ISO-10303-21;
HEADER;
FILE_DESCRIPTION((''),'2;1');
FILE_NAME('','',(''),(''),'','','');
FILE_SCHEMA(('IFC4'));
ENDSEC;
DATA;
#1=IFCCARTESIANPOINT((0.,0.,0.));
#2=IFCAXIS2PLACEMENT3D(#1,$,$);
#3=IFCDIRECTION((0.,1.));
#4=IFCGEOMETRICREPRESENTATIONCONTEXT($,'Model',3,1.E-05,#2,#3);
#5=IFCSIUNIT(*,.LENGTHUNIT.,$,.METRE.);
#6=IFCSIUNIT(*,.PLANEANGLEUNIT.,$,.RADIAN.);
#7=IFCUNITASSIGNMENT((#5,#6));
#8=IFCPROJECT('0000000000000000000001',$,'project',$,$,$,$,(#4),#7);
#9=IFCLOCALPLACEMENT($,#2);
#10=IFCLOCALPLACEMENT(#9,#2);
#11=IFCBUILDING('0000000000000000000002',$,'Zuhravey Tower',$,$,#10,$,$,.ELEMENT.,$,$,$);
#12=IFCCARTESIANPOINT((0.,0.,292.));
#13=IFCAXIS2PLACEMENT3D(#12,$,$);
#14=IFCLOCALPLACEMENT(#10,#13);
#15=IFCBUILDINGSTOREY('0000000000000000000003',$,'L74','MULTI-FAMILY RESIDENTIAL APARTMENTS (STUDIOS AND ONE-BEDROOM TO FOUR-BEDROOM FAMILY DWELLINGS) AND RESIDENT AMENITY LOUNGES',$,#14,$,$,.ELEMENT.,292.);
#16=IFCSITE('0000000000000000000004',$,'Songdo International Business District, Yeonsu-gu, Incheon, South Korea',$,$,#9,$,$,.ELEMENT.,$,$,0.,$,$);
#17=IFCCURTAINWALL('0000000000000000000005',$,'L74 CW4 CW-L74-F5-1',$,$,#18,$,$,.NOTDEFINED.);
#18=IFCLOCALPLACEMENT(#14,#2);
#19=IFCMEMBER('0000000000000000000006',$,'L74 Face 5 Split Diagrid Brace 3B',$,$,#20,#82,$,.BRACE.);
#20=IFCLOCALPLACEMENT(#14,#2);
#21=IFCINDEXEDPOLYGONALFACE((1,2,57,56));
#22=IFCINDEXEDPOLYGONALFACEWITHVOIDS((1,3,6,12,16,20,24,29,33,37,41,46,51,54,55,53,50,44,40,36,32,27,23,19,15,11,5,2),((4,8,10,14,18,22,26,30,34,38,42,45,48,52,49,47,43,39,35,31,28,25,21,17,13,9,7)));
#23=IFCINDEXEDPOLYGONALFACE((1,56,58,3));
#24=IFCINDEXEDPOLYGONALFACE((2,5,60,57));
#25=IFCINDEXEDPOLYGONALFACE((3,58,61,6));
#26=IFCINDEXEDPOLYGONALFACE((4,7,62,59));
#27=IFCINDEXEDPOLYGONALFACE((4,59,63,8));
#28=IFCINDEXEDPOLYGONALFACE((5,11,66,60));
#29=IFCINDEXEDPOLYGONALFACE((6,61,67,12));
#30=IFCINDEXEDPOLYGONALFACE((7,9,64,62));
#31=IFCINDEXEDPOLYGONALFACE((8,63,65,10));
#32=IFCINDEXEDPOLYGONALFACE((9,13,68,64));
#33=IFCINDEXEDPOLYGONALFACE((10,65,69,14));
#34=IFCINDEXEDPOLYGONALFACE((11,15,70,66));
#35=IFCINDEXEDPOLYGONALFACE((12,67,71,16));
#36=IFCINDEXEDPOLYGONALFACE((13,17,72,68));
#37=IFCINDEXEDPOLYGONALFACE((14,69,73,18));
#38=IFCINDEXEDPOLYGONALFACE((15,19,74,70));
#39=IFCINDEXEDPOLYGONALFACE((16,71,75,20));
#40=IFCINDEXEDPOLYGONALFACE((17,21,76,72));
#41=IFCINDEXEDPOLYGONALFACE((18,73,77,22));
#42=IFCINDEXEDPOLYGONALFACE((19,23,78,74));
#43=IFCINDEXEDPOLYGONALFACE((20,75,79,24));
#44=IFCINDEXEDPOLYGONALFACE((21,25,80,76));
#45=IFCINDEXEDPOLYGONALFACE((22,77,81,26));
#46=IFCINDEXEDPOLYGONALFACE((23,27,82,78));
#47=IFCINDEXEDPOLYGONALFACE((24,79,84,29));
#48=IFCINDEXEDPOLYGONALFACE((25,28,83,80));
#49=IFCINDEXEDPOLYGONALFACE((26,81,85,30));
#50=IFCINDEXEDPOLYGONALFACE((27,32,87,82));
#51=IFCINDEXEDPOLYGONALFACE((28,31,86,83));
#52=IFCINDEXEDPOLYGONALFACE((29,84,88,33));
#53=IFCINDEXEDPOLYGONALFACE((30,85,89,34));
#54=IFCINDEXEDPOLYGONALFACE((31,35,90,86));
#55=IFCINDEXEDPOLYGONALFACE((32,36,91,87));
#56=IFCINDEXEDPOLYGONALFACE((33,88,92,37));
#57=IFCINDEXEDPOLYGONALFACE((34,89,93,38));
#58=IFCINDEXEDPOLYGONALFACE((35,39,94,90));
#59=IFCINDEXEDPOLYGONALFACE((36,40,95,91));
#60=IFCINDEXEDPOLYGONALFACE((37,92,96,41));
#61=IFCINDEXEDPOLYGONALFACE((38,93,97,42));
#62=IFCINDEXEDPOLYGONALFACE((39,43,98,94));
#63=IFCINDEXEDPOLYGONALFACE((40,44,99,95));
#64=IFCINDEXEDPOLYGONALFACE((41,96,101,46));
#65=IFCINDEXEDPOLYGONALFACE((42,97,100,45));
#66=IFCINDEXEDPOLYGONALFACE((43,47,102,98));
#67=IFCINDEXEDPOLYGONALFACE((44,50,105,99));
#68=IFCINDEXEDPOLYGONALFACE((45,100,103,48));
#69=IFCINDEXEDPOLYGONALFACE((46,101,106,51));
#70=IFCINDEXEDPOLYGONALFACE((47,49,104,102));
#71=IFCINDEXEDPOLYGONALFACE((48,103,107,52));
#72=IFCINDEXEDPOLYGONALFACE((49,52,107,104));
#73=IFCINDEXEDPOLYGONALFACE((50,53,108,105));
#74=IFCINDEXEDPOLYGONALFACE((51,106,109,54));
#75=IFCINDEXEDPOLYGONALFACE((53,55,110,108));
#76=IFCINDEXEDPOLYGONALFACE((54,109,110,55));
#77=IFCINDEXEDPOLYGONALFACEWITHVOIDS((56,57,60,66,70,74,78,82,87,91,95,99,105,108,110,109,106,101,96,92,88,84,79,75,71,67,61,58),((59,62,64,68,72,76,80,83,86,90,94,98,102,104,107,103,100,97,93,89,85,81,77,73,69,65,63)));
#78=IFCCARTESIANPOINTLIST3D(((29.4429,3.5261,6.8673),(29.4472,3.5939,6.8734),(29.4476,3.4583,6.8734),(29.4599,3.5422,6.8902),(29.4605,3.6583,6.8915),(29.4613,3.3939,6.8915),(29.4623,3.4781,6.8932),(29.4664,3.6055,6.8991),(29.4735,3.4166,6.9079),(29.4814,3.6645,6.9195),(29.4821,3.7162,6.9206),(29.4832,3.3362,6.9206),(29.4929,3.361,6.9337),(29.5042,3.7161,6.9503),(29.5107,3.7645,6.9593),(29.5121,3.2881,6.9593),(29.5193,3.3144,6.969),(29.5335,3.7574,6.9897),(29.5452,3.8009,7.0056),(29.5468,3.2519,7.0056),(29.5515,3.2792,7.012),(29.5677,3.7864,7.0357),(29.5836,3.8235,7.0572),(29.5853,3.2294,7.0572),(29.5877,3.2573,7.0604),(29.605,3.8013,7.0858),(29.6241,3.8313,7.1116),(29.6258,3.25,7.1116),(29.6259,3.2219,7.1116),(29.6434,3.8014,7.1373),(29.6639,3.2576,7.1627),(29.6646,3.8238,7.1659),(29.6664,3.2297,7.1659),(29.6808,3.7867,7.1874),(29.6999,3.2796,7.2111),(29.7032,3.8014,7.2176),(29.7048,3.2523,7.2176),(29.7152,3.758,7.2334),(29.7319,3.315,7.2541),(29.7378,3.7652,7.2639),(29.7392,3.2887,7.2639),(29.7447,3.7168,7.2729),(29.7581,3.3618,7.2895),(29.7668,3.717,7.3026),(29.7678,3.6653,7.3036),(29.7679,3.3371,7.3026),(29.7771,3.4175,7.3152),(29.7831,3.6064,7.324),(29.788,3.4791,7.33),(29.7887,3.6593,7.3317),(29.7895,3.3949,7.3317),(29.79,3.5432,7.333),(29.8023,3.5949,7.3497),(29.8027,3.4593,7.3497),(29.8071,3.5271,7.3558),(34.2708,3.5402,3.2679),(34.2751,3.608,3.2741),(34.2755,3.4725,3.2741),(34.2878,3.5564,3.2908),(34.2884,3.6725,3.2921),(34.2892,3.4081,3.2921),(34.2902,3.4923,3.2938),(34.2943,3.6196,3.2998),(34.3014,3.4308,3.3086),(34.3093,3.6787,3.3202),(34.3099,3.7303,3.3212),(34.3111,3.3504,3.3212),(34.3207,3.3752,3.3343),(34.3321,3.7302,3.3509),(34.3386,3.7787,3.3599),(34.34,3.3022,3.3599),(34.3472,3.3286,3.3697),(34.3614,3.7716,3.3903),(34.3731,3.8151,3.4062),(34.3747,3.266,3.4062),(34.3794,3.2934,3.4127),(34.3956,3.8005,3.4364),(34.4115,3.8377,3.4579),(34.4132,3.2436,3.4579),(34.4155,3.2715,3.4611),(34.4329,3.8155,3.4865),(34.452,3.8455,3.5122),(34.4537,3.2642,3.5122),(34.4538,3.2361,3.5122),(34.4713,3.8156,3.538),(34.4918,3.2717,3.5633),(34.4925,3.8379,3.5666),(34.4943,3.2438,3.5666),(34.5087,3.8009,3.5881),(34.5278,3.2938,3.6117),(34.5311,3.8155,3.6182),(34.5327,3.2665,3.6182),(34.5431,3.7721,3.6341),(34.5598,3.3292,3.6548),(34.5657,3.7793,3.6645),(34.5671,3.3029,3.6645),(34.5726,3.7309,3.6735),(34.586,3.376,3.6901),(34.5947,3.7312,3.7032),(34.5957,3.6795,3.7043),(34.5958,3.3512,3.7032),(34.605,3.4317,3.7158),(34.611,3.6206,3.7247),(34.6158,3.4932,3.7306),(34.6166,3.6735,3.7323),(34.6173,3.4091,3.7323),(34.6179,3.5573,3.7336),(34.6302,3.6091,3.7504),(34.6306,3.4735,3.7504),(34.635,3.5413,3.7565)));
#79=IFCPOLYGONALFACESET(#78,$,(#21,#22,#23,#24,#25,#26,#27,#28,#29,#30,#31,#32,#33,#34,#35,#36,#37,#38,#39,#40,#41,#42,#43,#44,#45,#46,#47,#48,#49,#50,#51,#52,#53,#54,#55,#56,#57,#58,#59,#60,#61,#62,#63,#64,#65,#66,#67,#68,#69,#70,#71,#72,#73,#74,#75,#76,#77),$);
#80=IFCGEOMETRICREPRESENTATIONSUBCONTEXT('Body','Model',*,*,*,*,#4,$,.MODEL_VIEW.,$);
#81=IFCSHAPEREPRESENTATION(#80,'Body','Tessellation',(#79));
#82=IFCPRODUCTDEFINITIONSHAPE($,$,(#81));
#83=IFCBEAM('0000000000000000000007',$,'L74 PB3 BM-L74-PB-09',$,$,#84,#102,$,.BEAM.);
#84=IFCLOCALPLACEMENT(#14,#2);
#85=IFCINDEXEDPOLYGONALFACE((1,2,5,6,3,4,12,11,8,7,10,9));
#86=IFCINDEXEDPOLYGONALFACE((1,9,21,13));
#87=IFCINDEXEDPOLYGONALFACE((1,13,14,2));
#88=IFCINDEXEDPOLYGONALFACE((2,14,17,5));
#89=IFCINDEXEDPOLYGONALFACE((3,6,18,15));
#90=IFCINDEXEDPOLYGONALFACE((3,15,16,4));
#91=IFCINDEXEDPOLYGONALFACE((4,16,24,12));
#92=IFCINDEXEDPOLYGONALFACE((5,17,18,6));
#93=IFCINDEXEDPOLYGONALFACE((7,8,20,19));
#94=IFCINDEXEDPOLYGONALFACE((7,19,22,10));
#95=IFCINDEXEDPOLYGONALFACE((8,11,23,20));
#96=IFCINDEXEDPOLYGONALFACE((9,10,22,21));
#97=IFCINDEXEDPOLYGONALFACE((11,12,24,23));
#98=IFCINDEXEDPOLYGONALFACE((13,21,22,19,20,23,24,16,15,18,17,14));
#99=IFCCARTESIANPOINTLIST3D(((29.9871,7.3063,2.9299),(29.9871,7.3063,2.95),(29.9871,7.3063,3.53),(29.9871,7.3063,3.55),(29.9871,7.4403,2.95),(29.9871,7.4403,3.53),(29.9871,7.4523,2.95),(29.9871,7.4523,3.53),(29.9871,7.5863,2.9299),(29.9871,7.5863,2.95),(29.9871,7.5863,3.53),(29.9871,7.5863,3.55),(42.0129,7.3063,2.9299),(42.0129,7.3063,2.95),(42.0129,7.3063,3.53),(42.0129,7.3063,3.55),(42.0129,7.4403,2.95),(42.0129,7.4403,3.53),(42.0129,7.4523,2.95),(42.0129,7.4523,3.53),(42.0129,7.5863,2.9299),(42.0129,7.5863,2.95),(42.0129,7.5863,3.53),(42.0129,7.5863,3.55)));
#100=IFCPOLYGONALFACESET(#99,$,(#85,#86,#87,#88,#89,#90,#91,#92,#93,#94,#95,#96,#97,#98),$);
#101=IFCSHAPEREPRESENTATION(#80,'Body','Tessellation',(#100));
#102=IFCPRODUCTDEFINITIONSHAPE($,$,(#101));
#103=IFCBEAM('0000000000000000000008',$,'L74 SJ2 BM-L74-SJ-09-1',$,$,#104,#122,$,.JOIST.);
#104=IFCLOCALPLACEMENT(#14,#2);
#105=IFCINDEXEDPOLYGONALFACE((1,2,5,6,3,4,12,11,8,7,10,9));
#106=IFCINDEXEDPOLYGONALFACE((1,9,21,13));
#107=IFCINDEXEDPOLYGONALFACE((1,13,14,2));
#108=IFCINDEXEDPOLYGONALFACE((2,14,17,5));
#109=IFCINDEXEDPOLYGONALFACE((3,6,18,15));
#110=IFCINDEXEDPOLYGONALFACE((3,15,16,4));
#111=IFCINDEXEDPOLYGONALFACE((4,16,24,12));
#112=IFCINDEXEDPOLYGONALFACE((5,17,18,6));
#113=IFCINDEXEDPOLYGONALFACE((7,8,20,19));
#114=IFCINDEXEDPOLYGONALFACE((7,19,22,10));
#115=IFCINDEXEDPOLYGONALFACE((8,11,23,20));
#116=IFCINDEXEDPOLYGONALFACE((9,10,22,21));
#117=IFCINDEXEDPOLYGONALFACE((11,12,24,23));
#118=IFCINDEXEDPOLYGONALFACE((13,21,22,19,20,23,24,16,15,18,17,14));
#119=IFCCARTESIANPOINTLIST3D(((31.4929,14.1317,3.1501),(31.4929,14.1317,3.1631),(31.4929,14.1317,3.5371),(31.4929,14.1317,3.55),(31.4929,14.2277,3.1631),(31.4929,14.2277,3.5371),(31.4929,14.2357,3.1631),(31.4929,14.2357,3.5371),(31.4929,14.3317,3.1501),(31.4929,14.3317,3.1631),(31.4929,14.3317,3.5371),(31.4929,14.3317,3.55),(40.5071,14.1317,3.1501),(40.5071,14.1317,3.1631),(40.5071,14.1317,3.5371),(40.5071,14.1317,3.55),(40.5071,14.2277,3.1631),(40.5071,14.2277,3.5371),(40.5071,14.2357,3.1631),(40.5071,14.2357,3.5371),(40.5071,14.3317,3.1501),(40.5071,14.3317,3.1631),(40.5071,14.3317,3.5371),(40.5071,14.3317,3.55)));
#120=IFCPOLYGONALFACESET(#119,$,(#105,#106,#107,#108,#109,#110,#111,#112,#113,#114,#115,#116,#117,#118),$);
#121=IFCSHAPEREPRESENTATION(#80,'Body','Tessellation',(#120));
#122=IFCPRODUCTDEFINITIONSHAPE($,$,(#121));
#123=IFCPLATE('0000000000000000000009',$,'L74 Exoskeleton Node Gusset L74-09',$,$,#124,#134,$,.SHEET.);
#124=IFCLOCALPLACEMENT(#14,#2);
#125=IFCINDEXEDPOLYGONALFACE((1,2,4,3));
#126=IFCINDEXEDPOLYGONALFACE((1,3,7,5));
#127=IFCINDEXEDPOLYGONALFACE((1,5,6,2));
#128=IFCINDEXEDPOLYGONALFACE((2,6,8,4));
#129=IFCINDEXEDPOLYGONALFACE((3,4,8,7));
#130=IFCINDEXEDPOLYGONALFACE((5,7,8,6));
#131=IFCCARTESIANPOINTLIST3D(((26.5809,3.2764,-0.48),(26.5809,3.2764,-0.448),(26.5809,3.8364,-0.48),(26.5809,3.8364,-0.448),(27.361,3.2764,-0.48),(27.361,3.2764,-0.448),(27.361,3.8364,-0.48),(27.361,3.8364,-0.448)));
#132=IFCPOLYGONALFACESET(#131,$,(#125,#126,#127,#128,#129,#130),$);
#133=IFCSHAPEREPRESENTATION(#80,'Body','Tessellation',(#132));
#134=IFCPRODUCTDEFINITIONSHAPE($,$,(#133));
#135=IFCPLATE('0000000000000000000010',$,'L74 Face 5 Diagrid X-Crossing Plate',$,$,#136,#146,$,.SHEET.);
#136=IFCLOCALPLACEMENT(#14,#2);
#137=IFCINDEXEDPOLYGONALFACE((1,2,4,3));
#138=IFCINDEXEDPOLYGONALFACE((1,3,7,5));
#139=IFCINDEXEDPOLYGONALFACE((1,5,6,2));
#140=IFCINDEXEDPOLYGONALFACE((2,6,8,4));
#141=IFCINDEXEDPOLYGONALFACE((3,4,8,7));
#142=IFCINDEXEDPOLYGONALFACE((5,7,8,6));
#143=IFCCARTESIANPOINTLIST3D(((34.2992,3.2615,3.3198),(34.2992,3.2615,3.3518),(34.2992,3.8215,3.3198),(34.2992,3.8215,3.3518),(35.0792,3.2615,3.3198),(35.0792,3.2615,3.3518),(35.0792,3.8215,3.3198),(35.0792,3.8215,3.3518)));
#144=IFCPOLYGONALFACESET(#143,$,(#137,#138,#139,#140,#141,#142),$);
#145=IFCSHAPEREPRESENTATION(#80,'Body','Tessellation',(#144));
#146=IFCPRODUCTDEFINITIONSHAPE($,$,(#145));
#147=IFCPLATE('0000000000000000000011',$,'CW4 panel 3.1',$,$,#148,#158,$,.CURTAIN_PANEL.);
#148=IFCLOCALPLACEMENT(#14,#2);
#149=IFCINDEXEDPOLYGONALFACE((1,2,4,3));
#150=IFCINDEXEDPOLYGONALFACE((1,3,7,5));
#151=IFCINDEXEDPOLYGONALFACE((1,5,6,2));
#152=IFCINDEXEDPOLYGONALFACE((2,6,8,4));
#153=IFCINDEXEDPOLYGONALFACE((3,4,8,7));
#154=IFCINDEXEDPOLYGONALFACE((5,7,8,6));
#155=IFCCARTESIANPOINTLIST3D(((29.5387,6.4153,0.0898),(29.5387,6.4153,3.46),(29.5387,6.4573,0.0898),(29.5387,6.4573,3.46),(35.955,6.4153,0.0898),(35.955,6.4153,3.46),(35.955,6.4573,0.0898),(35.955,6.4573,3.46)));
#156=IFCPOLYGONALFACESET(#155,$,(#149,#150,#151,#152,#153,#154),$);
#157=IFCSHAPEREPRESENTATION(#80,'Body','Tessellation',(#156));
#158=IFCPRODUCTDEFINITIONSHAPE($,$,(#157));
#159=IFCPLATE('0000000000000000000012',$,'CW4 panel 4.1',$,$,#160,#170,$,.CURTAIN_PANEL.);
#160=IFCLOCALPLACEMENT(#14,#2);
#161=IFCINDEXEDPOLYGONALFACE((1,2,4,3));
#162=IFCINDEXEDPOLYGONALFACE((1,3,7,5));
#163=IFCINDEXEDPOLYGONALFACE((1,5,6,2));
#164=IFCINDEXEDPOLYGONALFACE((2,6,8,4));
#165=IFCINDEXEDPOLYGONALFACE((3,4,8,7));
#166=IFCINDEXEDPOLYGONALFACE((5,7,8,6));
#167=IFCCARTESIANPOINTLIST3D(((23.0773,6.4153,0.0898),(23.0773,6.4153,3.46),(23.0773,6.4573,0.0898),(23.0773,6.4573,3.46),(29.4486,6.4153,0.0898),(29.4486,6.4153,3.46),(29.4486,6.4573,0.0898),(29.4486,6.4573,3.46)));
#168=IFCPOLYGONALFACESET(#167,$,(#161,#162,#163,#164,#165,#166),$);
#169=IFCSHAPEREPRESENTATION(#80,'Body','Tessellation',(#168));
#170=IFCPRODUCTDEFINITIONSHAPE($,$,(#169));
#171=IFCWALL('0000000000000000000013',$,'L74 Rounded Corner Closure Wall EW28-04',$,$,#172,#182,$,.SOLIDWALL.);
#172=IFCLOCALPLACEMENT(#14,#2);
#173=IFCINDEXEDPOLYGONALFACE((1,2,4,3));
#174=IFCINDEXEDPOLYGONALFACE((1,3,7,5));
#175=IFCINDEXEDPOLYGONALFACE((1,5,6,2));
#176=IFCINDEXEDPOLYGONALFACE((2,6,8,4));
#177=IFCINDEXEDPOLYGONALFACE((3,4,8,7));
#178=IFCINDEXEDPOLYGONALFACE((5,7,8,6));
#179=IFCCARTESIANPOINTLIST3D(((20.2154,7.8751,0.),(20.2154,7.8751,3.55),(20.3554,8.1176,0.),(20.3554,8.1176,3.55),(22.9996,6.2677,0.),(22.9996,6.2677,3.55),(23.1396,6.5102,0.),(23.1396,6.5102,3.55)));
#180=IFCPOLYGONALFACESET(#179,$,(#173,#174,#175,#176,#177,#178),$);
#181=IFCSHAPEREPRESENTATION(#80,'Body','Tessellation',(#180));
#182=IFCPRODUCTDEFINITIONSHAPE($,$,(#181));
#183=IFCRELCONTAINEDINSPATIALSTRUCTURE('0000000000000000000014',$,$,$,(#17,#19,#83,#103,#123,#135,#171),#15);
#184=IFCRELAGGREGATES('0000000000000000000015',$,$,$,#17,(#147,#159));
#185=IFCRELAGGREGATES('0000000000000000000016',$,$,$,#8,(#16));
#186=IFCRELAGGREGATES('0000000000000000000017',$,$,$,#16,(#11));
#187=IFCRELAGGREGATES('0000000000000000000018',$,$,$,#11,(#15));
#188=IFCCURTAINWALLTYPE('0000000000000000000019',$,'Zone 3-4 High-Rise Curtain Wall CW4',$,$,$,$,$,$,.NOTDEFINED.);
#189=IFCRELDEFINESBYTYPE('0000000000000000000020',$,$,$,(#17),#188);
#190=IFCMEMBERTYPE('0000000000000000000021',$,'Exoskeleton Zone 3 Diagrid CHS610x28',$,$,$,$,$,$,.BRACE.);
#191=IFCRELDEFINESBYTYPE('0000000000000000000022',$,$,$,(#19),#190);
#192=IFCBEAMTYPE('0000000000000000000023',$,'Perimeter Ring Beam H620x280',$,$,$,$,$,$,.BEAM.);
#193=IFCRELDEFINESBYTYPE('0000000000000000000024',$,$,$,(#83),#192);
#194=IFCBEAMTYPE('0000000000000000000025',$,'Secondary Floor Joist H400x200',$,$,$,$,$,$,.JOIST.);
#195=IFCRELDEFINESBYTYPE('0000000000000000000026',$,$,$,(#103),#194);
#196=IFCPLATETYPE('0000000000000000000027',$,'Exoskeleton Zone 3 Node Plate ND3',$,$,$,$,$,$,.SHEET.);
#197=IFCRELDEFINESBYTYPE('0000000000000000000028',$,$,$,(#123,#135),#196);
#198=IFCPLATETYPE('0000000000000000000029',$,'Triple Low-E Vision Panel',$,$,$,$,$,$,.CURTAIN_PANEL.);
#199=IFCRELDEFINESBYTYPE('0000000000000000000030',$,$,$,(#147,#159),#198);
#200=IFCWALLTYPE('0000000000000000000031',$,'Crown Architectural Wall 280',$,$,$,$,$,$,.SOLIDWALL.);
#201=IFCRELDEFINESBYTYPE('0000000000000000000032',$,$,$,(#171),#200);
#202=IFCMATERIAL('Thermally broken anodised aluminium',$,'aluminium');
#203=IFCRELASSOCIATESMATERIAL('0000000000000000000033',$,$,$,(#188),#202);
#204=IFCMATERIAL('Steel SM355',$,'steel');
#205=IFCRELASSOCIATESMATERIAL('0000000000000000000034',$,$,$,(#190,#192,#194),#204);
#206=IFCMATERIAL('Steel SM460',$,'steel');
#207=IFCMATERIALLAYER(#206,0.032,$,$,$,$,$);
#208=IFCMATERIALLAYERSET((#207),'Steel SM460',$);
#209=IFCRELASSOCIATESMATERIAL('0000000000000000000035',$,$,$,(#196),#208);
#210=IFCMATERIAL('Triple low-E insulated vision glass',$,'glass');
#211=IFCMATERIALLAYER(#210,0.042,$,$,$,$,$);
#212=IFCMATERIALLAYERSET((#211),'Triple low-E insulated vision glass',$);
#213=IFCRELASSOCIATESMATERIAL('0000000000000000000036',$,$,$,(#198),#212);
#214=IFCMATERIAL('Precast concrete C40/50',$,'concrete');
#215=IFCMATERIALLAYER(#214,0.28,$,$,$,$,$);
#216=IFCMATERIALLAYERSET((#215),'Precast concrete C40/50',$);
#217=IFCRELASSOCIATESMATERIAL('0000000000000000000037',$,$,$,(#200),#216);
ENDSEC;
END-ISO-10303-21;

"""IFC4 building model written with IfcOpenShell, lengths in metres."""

from ifc_helpers import new_model, si_unit, direction, frame, frame_2d, origin, origin_2d, place, context, subcontext, project, spatial, rectangle, hollow_circle, i_section, extrude, material, layer, layer_set, material_profile, profile_set, type_object, element, aggregate, save


model = new_model("IFC4")

# Units and contexts
model_context = context("Model", 3, precision=1e-05, world=origin(), true_north=direction((0.0, 1.0)))
body_context = subcontext(model_context, "Body", "Model", "MODEL_VIEW")
ifc_project = project(units=[si_unit("LENGTHUNIT", "METRE"), si_unit("PLANEANGLEUNIT", "RADIAN")], contexts=[model_context])

# Site, building, storey
site_placement = place(None, origin())
site = spatial("IfcSite", under=ifc_project, at=site_placement, Name="Songdo International Business District, Yeonsu-gu, Incheon, South Korea", CompositionType="ELEMENT", RefElevation=0.0)
building_placement = place(site_placement, origin())
building = spatial("IfcBuilding", under=site, at=building_placement, Name="Zuhravey Tower", CompositionType="ELEMENT")
storey_placement = place(building_placement, frame((0.0, 0.0, 292.0)))
storey = spatial("IfcBuildingStorey", under=building, at=storey_placement, Name="L74", Description="MULTI-FAMILY RESIDENTIAL APARTMENTS (STUDIOS AND ONE-BEDROOM TO FOUR-BEDROOM FAMILY DWELLINGS) AND RESIDENT AMENITY LOUNGES", CompositionType="ELEMENT", Elevation=292.0)

# Curtain wall
ifc_material_1 = material(Name="Thermally broken anodised aluminium", Category="aluminium")
curtain_wall_type = type_object("IfcCurtainWallType", Name="Zone 3-4 High-Rise Curtain Wall CW4", PredefinedType="NOTDEFINED", material=ifc_material_1)
curtain_wall_placement = place(storey_placement, origin())
curtain_wall = element("IfcCurtainWall", 1, at=curtain_wall_placement, inside=storey, type_object=curtain_wall_type, Name="L74 CW4 CW-L74-F5-1", PredefinedType="NOTDEFINED")

# Member
ifc_material_2 = material(Name="Steel SM355", Category="steel")
ifc_material_profile_1 = material_profile(ifc_material_2, hollow_circle(Radius=0.3047, WallThickness=0.0281, at=origin_2d()), Name="CHS-609.6x28")
ifc_profile_set_1 = profile_set([ifc_material_profile_1], Name="Steel SM355")
member_type_1 = type_object("IfcMemberType", Name="Exoskeleton Zone 3 Diagrid CHS610x28", PredefinedType="BRACE", material=ifc_profile_set_1)
member_1_placement = place(storey_placement, frame((34.4529, 3.5408, 3.5122), z_axis=(-0.801712, -0.002351, 0.597706), x_axis=(0.002933, -0.999996, 0.0)))
element("IfcMember", 2, at=member_1_placement, inside=storey, type_object=member_type_1, Name="L74 Face 5 Split Diagrid Brace 3B", PredefinedType="BRACE", context=body_context, shape_type="SweptSolid", body=[
    extrude(hollow_circle(Radius=0.3047, WallThickness=0.0281, at=origin_2d()), origin(), (0.0, 0.0, 1.0), 6.022),
])

# Beams
ifc_material_profile_2 = material_profile(ifc_material_2, i_section(OverallWidth=0.28, OverallDepth=0.6201, WebThickness=0.012, FlangeThickness=0.02, at=origin_2d()), Name="H-620x280x12x20")
ifc_profile_set_2 = profile_set([ifc_material_profile_2], Name="Steel SM355")
beam_type_1 = type_object("IfcBeamType", Name="Perimeter Ring Beam H620x280", PredefinedType="BEAM", material=ifc_profile_set_2)
beam_1_placement = place(storey_placement, frame((29.9871, 7.4463, 3.24), z_axis=(1.0, 0.0, 0.0), x_axis=(0.0, 1.0, 0.0)))
element("IfcBeam", 3, at=beam_1_placement, inside=storey, type_object=beam_type_1, Name="L74 PB3 BM-L74-PB-09", PredefinedType="BEAM", context=body_context, shape_type="SweptSolid", body=[
    extrude(i_section(OverallWidth=0.28, OverallDepth=0.6201, WebThickness=0.012, FlangeThickness=0.02, at=origin_2d()), origin(), (0.0, 0.0, 1.0), 12.0259),
])
ifc_material_profile_3 = material_profile(ifc_material_2, i_section(OverallWidth=0.2, OverallDepth=0.3999, WebThickness=0.0081, FlangeThickness=0.0129, at=origin_2d()), Name="H-400x200x8x13")
ifc_profile_set_3 = profile_set([ifc_material_profile_3], Name="Steel SM355")
beam_type_2 = type_object("IfcBeamType", Name="Secondary Floor Joist H400x200", PredefinedType="JOIST", material=ifc_profile_set_3)
beam_2_placement = place(storey_placement, frame((31.4929, 14.2317, 3.3501), z_axis=(1.0, 0.0, 0.0), x_axis=(0.0, 1.0, 0.0)))
element("IfcBeam", 4, at=beam_2_placement, inside=storey, type_object=beam_type_2, Name="L74 SJ2 BM-L74-SJ-09-1", PredefinedType="JOIST", context=body_context, shape_type="SweptSolid", body=[
    extrude(i_section(OverallWidth=0.2, OverallDepth=0.3999, WebThickness=0.0081, FlangeThickness=0.0129, at=origin_2d()), origin(), (0.0, 0.0, 1.0), 9.0142),
])

# Plates
ifc_material_3 = material(Name="Steel SM460", Category="steel")
ifc_layer_1 = layer(ifc_material_3, 0.032)
ifc_layer_set_1 = layer_set([ifc_layer_1], Name="Steel SM460")
plate_type_1 = type_object("IfcPlateType", Name="Exoskeleton Zone 3 Node Plate ND3", PredefinedType="SHEET", material=ifc_layer_set_1)
for number, where, z_axis, x_axis, name in (
    (5, (26.9709, 3.5564, -0.48), (0.0, 0.0, 1.0), (1.0, 0.0, 0.0), "L74 Exoskeleton Node Gusset L74-09"),
    (6, (34.6892, 3.5415, 3.3198), (0.0, 0.0, 1.0), (1.0, 0.0, 0.0), "L74 Face 5 Diagrid X-Crossing Plate"),
):
    element("IfcPlate", number, at=place(storey_placement, frame(where, z_axis=z_axis, x_axis=x_axis)), inside=storey, type_object=plate_type_1, Name=name, PredefinedType="SHEET", context=body_context, shape_type="SweptSolid", body=[
        extrude(rectangle(XDim=0.78, YDim=0.5601, at=origin_2d()), origin(), (0.0, 0.0, 1.0), 0.032),
    ])

# Plates
ifc_material_4 = material(Name="Triple low-E insulated vision glass", Category="glass")
ifc_layer_2 = layer(ifc_material_4, 0.042)
ifc_layer_set_2 = layer_set([ifc_layer_2], Name="Triple low-E insulated vision glass")
plate_type_2 = type_object("IfcPlateType", Name="Triple Low-E Vision Panel", PredefinedType="CURTAIN_PANEL", material=ifc_layer_set_2)
plate_1_placement = place(storey_placement, frame((32.7468, 6.4363, 0.0898), z_axis=(0.0, 0.0, 1.0), x_axis=(-1.0, 0.0, 0.0)))
plate_1 = element("IfcPlate", 7, at=plate_1_placement, type_object=plate_type_2, Name="CW4 panel 3.1", PredefinedType="CURTAIN_PANEL", context=body_context, shape_type="SweptSolid", body=[
    extrude(rectangle(XDim=6.4163, YDim=0.042, at=origin_2d()), origin(), (0.0, 0.0, 1.0), 3.3701),
])
plate_2_placement = place(storey_placement, frame((26.2629, 6.4363, 0.0898), z_axis=(0.0, 0.0, 1.0), x_axis=(-1.0, 0.0, 0.0)))
plate_2 = element("IfcPlate", 8, at=plate_2_placement, type_object=plate_type_2, Name="CW4 panel 4.1", PredefinedType="CURTAIN_PANEL", context=body_context, shape_type="SweptSolid", body=[
    extrude(rectangle(XDim=6.3713, YDim=0.042, at=origin_2d()), origin(), (0.0, 0.0, 1.0), 3.3701),
])
aggregate(curtain_wall, [plate_1, plate_2])

# Wall
ifc_material_5 = material(Name="Precast concrete C40/50", Category="concrete")
ifc_layer_3 = layer(ifc_material_5, 0.28)
ifc_layer_set_3 = layer_set([ifc_layer_3], Name="Precast concrete C40/50")
wall_type_1 = type_object("IfcWallType", Name="Crown Architectural Wall 280", PredefinedType="SOLIDWALL", material=ifc_layer_set_3)
wall_1_placement = place(storey_placement, frame((23.0696, 6.3889, 0.0), z_axis=(0.0, 0.0, 1.0), x_axis=(-0.866029, 0.499994, 0.0)))
element("IfcWall", 9, at=wall_1_placement, inside=storey, type_object=wall_type_1, Name="L74 Rounded Corner Closure Wall EW28-04", PredefinedType="SOLIDWALL", context=body_context, shape_type="SweptSolid", body=[
    extrude(rectangle(XDim=3.2148, YDim=0.28, at=frame_2d((1.6074, 0.0))), origin(), (0.0, 0.0, 1.0), 3.55),
])

save(model, "model.ifc")
